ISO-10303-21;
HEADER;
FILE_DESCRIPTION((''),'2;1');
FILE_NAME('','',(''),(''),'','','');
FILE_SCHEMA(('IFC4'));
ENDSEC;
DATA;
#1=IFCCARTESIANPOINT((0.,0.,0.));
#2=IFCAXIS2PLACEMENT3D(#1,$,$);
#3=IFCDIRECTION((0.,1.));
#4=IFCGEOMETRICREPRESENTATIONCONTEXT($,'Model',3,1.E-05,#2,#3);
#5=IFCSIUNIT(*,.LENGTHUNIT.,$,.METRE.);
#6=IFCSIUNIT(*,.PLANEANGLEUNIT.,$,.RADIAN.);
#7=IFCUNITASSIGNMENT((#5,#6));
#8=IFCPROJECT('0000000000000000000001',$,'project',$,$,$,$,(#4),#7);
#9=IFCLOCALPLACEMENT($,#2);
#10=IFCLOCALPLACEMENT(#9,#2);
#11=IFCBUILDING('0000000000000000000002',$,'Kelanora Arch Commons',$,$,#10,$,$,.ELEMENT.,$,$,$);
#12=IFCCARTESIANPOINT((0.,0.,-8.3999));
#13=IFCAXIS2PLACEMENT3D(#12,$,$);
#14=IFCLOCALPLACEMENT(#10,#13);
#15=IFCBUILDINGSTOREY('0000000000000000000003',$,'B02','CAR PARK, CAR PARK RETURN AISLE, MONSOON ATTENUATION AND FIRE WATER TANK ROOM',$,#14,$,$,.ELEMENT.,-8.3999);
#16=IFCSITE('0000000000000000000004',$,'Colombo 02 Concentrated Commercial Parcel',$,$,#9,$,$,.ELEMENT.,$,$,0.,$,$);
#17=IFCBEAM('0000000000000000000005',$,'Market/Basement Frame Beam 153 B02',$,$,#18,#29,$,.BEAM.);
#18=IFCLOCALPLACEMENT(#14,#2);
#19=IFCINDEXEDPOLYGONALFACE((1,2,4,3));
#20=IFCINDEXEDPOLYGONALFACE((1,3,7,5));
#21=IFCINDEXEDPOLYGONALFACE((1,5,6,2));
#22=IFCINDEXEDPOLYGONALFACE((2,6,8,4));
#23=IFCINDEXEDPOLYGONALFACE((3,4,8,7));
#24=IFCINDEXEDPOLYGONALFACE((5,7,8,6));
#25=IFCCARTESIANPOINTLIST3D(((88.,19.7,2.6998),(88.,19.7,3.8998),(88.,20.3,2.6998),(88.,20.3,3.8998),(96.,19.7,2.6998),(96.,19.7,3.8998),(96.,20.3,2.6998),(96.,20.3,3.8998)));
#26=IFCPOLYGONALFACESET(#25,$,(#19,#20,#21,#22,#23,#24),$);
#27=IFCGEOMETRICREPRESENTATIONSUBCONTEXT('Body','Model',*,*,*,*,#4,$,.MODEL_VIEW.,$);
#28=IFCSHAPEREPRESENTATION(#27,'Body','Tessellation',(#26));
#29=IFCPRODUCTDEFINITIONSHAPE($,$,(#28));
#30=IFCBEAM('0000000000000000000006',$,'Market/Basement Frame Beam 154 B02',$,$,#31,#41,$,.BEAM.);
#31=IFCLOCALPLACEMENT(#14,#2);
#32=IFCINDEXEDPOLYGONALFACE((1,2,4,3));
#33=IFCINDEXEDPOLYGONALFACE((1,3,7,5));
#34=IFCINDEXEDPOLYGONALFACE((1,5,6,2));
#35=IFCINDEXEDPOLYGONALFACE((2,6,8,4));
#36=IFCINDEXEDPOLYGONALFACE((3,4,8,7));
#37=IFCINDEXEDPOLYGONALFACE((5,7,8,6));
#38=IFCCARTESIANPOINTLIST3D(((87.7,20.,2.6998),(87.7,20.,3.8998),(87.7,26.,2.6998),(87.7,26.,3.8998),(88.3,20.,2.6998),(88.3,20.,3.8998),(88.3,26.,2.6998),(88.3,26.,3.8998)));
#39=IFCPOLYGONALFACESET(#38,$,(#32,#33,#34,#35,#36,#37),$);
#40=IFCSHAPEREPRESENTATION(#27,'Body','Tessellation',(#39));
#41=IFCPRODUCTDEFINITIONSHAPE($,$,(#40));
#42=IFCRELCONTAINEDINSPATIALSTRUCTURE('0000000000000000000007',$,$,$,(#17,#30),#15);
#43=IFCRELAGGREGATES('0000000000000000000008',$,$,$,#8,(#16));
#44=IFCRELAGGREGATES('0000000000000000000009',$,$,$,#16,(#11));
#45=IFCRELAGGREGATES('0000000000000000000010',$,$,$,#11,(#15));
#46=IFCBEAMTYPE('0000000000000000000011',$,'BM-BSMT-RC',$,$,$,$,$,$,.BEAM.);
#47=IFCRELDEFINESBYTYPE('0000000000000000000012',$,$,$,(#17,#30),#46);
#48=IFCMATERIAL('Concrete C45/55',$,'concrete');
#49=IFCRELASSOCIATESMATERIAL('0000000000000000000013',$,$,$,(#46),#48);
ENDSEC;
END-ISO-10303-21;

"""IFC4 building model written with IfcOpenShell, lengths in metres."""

from ifc_helpers import new_model, si_unit, direction, frame, origin, origin_2d, place, context, subcontext, project, spatial, rectangle, extrude, material, material_profile, profile_set, type_object, element, save


model = new_model("IFC4")

# Units and contexts
model_context = context("Model", 3, precision=1e-05, world=origin(), true_north=direction((0.0, 1.0)))
body_context = subcontext(model_context, "Body", "Model", "MODEL_VIEW")
ifc_project = project(units=[si_unit("LENGTHUNIT", "METRE"), si_unit("PLANEANGLEUNIT", "RADIAN")], contexts=[model_context])

# Site, building, storey
site_placement = place(None, origin())
site = spatial("IfcSite", under=ifc_project, at=site_placement, Name="Colombo 02 Concentrated Commercial Parcel", CompositionType="ELEMENT", RefElevation=0.0)
building_placement = place(site_placement, origin())
building = spatial("IfcBuilding", under=site, at=building_placement, Name="Kelanora Arch Commons", CompositionType="ELEMENT")
storey_placement = place(building_placement, frame((0.0, 0.0, -8.3999)))
storey = spatial("IfcBuildingStorey", under=building, at=storey_placement, Name="B02", Description="CAR PARK, CAR PARK RETURN AISLE, MONSOON ATTENUATION AND FIRE WATER TANK ROOM", CompositionType="ELEMENT", Elevation=-8.3999)

# Shared definitions
ifc_material_1 = material(Name="Concrete C45/55", Category="concrete")

# Beams
ifc_material_profile_1 = material_profile(ifc_material_1, rectangle(XDim=0.6001, YDim=1.2, at=origin_2d()), Name="RCB600x1200")
ifc_profile_set_1 = profile_set([ifc_material_profile_1], Name="Concrete C45/55")
beam_type = type_object("IfcBeamType", Name="BM-BSMT-RC", PredefinedType="BEAM", material=ifc_profile_set_1)
beam_1_placement = place(storey_placement, frame((88.0, 20.0, 3.2998), z_axis=(1.0, 0.0, 0.0), x_axis=(0.0, 1.0, 0.0)))
element("IfcBeam", 1, at=beam_1_placement, inside=storey, type_object=beam_type, Name="Market/Basement Frame Beam 153 B02", PredefinedType="BEAM", context=body_context, shape_type="SweptSolid", body=[
    extrude(rectangle(XDim=0.6001, YDim=1.2, at=origin_2d()), origin(), (0.0, 0.0, 1.0), 8.0),
])
beam_2_placement = place(storey_placement, frame((88.0, 20.0, 3.2998), z_axis=(0.0, 1.0, 0.0), x_axis=(-1.0, 0.0, 0.0)))
element("IfcBeam", 2, at=beam_2_placement, inside=storey, type_object=beam_type, Name="Market/Basement Frame Beam 154 B02", PredefinedType="BEAM", context=body_context, shape_type="SweptSolid", body=[
    extrude(rectangle(XDim=0.6001, YDim=1.2, at=origin_2d()), origin(), (0.0, 0.0, 1.0), 6.0),
])

save(model, "model.ifc")
